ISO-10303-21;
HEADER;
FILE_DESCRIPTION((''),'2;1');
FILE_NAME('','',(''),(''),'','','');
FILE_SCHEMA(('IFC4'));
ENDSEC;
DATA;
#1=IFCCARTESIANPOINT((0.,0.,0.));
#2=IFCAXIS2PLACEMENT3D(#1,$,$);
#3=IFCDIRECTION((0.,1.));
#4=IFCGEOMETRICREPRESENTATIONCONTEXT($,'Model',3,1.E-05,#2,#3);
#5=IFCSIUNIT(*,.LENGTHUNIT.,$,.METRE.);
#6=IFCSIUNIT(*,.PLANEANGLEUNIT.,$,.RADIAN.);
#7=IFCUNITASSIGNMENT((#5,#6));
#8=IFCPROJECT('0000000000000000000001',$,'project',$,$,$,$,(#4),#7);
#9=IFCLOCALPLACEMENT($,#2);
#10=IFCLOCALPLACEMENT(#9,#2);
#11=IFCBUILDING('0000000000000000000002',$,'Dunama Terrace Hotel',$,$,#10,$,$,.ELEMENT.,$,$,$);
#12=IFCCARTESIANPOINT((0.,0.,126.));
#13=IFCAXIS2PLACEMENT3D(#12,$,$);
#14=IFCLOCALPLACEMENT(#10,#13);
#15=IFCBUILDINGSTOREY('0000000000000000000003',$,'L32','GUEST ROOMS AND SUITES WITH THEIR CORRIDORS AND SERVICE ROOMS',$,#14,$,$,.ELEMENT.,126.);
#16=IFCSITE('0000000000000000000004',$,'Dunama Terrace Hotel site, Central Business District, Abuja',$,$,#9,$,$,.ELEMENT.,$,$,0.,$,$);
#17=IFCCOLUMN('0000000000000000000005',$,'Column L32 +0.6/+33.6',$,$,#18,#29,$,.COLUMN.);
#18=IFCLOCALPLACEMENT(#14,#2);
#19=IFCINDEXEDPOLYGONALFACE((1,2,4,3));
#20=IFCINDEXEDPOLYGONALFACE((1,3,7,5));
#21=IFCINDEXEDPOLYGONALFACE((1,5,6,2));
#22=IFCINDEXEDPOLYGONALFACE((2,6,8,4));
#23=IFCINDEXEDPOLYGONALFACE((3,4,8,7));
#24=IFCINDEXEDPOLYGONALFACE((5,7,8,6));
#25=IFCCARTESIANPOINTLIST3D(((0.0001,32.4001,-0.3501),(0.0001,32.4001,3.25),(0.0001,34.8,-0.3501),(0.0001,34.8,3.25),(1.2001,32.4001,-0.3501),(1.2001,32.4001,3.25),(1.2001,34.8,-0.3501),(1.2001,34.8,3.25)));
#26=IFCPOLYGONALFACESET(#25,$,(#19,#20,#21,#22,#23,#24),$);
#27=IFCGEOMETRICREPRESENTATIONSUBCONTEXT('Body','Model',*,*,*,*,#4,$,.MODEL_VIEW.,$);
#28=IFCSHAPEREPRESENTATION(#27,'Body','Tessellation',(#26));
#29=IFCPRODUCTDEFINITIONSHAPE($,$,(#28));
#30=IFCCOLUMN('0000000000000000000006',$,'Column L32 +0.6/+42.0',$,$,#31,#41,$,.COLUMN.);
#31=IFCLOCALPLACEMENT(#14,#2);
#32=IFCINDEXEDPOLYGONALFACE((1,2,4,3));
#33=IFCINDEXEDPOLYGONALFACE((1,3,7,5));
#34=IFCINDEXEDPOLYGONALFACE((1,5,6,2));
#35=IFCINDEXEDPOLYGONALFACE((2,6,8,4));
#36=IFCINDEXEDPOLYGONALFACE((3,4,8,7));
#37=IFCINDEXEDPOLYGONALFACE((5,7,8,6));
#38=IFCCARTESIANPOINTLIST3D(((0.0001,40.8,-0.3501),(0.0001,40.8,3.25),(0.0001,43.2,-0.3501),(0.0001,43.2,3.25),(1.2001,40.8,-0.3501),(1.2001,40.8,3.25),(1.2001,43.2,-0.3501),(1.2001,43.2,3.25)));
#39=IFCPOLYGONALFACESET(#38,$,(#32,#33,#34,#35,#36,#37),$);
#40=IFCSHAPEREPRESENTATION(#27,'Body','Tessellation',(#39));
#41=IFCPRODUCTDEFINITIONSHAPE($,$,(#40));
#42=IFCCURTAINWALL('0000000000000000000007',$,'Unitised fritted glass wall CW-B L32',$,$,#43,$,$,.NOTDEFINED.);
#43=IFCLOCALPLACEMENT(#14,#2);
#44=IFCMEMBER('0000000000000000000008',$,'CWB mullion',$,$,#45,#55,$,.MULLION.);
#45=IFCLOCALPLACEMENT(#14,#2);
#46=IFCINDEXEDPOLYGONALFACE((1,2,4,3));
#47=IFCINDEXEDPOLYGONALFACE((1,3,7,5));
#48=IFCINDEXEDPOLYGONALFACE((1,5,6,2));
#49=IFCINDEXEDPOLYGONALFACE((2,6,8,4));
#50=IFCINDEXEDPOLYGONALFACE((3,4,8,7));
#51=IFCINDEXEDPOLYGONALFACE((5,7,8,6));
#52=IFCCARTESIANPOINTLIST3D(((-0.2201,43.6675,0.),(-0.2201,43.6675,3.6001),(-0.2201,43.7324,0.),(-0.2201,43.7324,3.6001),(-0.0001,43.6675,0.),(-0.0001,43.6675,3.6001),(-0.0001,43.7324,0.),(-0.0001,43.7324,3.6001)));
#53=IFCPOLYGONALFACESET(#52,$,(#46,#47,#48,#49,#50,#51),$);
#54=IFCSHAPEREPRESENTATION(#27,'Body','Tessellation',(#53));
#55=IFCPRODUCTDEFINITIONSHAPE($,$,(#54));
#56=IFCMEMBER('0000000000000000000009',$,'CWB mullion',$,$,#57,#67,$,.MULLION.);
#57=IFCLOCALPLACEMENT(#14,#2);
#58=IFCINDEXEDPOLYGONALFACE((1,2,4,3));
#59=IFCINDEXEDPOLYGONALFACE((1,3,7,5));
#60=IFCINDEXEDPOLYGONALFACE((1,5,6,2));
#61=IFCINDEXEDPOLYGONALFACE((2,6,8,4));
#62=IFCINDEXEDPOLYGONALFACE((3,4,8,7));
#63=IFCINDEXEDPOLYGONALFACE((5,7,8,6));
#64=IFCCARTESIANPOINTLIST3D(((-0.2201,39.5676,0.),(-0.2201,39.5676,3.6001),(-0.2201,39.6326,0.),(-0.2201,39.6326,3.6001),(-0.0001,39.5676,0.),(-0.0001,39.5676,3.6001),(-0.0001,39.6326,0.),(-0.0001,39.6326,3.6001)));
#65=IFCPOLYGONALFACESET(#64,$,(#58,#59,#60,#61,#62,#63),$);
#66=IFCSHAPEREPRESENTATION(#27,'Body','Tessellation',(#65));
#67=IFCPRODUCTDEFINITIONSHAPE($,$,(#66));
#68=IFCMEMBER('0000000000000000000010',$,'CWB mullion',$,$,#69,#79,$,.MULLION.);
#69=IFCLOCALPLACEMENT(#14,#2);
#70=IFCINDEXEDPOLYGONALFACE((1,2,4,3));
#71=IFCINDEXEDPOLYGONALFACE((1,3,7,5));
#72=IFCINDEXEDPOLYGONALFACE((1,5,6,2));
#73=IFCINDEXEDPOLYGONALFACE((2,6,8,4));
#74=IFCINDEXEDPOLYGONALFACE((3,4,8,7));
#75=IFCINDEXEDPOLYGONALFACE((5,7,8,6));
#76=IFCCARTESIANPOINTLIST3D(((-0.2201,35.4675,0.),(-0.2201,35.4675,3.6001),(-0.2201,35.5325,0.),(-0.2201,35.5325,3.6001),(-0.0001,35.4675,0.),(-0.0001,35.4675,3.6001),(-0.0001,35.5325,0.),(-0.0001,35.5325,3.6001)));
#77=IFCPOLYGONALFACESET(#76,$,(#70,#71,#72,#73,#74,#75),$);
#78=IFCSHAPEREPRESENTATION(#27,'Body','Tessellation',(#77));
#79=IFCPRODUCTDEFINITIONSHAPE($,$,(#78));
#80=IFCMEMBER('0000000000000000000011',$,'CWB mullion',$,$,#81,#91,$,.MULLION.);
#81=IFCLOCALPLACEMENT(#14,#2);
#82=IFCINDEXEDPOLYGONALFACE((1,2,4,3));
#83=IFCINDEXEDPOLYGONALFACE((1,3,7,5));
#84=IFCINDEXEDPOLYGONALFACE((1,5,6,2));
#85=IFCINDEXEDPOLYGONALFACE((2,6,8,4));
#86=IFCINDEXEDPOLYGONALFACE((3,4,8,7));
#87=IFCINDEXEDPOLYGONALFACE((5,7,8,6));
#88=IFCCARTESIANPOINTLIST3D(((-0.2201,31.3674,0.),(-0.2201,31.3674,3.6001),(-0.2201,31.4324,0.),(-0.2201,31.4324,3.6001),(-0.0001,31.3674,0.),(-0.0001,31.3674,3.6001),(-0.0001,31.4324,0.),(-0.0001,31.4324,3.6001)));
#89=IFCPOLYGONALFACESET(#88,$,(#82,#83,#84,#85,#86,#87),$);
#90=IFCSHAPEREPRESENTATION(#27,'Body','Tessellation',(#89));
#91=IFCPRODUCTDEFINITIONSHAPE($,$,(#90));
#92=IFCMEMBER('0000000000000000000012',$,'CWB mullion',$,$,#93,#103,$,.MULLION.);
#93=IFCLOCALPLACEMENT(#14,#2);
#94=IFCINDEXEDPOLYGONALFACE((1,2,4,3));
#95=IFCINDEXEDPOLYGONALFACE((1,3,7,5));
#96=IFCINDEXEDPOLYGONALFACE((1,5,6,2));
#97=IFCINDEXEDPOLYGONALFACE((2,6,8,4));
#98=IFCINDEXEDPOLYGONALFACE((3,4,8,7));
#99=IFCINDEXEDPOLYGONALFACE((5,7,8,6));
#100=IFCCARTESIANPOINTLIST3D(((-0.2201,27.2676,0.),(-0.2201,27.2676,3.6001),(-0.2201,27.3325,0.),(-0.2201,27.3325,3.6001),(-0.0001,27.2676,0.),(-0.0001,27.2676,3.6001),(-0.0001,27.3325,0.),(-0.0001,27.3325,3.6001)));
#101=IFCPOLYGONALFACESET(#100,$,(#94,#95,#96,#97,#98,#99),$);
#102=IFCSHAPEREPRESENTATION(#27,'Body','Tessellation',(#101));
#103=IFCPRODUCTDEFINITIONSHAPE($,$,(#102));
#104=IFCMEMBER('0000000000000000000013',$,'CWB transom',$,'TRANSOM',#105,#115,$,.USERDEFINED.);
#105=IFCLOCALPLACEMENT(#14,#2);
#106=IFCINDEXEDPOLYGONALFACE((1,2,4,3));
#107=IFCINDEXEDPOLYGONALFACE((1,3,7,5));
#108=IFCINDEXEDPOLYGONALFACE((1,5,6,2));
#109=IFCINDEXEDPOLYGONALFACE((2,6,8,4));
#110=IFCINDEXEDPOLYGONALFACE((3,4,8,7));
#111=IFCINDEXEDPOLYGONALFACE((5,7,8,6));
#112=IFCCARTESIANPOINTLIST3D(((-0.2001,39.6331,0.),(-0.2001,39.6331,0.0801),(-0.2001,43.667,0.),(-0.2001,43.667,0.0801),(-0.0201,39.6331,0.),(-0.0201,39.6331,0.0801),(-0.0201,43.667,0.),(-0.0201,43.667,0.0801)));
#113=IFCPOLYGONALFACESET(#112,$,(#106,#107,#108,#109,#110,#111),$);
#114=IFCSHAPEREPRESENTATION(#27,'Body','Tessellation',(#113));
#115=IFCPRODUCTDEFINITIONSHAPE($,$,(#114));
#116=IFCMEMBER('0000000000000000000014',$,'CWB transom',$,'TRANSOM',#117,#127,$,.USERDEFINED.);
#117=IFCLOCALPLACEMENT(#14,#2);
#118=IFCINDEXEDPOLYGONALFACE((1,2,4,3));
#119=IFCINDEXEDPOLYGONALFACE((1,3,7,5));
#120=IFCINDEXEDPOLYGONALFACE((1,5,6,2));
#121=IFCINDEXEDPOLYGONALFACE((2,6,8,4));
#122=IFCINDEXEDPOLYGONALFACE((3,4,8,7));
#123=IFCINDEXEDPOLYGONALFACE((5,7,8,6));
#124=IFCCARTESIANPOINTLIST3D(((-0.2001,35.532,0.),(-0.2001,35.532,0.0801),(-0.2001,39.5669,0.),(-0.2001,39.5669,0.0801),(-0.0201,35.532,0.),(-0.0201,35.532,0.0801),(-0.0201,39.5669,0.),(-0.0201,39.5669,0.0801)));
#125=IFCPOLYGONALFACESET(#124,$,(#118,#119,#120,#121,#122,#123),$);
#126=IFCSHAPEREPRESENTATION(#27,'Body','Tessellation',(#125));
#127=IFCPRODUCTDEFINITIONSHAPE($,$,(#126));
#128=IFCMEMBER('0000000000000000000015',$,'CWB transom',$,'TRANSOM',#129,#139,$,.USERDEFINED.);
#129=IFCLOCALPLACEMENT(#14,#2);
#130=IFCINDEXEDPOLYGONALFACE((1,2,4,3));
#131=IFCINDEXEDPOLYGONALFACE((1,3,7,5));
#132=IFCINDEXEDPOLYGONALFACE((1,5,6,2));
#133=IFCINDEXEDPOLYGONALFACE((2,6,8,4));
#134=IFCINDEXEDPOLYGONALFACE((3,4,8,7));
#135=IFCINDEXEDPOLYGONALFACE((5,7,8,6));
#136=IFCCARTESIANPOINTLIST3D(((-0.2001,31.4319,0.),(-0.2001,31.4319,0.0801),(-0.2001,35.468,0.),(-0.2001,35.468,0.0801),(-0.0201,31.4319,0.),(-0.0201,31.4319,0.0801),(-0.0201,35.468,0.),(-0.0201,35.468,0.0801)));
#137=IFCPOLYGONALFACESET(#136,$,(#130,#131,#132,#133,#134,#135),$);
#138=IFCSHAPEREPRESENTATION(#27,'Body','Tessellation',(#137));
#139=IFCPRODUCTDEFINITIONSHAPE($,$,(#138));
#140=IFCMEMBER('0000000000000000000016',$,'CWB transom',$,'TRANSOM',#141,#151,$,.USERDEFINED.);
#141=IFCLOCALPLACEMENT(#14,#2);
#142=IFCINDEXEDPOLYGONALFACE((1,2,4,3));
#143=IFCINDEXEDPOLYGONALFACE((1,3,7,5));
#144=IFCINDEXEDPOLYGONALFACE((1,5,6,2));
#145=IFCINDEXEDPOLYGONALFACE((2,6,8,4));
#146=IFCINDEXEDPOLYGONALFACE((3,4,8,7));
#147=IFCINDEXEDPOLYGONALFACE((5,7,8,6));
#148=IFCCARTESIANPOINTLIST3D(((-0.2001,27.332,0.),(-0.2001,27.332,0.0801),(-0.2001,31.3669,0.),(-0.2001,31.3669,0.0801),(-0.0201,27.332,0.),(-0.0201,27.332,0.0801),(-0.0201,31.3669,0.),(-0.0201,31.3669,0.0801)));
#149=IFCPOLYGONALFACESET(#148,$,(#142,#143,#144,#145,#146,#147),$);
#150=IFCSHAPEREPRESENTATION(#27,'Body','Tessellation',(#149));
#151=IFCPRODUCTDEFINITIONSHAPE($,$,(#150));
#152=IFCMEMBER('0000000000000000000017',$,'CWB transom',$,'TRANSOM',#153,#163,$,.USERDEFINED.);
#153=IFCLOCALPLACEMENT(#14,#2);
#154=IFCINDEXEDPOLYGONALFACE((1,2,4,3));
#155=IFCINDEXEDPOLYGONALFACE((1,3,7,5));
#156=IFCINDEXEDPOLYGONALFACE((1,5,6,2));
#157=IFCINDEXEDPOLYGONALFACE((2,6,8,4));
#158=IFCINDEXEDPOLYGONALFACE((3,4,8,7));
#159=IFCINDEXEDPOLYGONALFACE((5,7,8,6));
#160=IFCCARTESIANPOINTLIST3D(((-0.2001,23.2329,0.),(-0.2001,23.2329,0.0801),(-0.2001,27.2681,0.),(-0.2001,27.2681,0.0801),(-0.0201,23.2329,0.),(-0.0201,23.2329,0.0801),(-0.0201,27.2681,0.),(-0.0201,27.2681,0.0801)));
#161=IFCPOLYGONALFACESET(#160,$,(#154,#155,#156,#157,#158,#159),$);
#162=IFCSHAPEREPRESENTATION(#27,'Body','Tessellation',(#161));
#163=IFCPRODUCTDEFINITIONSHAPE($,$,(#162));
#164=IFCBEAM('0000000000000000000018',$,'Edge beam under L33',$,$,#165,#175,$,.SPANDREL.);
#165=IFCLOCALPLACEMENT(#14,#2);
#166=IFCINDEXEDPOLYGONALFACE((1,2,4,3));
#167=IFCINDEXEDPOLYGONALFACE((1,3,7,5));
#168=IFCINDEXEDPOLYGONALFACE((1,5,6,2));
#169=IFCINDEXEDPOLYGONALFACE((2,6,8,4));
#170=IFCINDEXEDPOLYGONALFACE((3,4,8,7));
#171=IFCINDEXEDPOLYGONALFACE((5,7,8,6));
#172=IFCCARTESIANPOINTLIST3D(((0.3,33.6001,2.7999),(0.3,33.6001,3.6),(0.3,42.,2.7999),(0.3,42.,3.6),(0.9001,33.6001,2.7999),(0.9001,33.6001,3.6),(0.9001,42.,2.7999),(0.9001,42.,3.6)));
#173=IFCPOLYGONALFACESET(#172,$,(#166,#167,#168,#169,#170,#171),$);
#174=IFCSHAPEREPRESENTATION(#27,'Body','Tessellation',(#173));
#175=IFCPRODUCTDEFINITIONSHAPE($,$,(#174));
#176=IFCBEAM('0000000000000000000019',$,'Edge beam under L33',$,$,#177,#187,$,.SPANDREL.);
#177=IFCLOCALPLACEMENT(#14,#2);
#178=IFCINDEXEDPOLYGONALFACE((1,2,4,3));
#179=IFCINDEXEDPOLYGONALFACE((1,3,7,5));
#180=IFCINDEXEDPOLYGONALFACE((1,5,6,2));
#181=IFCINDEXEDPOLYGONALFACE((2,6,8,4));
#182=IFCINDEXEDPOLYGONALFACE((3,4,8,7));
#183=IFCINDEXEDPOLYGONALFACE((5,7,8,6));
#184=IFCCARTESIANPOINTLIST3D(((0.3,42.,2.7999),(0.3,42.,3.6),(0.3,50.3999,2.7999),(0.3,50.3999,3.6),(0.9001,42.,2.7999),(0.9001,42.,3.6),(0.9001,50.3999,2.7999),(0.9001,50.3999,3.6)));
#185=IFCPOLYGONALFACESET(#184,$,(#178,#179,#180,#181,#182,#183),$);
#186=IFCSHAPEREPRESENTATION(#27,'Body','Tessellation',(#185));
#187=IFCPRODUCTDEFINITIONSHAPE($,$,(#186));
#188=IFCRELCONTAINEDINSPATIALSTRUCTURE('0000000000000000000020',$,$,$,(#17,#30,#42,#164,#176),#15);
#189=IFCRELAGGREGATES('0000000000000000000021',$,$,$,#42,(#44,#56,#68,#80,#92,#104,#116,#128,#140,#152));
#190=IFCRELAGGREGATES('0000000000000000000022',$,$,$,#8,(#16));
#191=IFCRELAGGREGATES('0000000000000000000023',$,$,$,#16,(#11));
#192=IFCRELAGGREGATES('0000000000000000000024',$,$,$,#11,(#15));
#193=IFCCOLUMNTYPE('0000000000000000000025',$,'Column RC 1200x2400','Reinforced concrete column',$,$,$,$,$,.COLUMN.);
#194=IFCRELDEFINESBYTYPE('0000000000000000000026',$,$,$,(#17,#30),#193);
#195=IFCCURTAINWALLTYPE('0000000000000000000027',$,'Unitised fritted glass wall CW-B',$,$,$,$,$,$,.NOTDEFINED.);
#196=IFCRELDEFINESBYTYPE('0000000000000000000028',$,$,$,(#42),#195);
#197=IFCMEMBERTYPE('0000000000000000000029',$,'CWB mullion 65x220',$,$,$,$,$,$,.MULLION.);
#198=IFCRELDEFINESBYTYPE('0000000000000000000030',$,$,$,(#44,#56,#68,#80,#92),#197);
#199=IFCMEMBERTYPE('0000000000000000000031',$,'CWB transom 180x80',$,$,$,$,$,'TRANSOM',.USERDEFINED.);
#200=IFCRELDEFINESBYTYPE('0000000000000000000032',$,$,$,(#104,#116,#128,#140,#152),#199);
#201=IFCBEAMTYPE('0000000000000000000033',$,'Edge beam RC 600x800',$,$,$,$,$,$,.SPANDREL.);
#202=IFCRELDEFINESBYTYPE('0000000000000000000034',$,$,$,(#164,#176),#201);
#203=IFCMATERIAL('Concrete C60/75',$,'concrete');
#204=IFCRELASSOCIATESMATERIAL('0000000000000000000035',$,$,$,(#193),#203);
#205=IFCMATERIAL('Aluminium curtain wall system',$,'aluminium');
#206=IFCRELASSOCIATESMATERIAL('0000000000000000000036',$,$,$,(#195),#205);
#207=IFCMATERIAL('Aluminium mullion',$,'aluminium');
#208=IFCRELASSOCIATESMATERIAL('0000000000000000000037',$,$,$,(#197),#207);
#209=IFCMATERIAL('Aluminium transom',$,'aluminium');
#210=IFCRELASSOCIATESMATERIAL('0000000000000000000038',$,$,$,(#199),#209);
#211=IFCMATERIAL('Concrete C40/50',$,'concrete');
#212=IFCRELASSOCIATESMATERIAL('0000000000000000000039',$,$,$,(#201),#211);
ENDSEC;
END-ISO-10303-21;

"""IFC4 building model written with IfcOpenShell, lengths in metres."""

from ifc_helpers import new_model, si_unit, direction, frame, origin, origin_2d, place, context, subcontext, project, spatial, rectangle, extrude, material, material_profile, profile_set, type_object, element, aggregate, save


model = new_model("IFC4")

# Units and contexts
model_context = context("Model", 3, precision=1e-05, world=origin(), true_north=direction((0.0, 1.0)))
body_context = subcontext(model_context, "Body", "Model", "MODEL_VIEW")
ifc_project = project(units=[si_unit("LENGTHUNIT", "METRE"), si_unit("PLANEANGLEUNIT", "RADIAN")], contexts=[model_context])

# Site, building, storey
site_placement = place(None, origin())
site = spatial("IfcSite", under=ifc_project, at=site_placement, Name="Dunama Terrace Hotel site, Central Business District, Abuja", CompositionType="ELEMENT", RefElevation=0.0)
building_placement = place(site_placement, origin())
building = spatial("IfcBuilding", under=site, at=building_placement, Name="Dunama Terrace Hotel", CompositionType="ELEMENT")
storey_placement = place(building_placement, frame((0.0, 0.0, 126.0)))
storey = spatial("IfcBuildingStorey", under=building, at=storey_placement, Name="L32", Description="GUEST ROOMS AND SUITES WITH THEIR CORRIDORS AND SERVICE ROOMS", CompositionType="ELEMENT", Elevation=126.0)

# Columns
ifc_material_1 = material(Name="Concrete C60/75", Category="concrete")
ifc_material_profile_1 = material_profile(ifc_material_1, rectangle(XDim=1.2, YDim=2.3999, at=origin_2d()), Name="RC 1200x2400")
ifc_profile_set_1 = profile_set([ifc_material_profile_1], Name="Concrete C60/75")
column_type = type_object("IfcColumnType", Name="Column RC 1200x2400", Description="Reinforced concrete column", PredefinedType="COLUMN", material=ifc_profile_set_1)
for number, where, z_axis, x_axis, name in (
    (1, (0.6001, 33.6001, -0.3501), (0.0, 0.0, 1.0), (1.0, 0.0, 0.0), "Column L32 +0.6/+33.6"),
    (2, (0.6001, 42.0, -0.3501), (0.0, 0.0, 1.0), (1.0, 0.0, 0.0), "Column L32 +0.6/+42.0"),
):
    element("IfcColumn", number, at=place(storey_placement, frame(where, z_axis=z_axis, x_axis=x_axis)), inside=storey, type_object=column_type, Name=name, PredefinedType="COLUMN", context=body_context, shape_type="SweptSolid", body=[
        extrude(rectangle(XDim=1.2, YDim=2.3999, at=origin_2d()), origin(), (0.0, 0.0, 1.0), 3.6001),
    ])

# Curtain wall, members
ifc_material_2 = material(Name="Aluminium curtain wall system", Category="aluminium")
curtain_wall_type = type_object("IfcCurtainWallType", Name="Unitised fritted glass wall CW-B", PredefinedType="NOTDEFINED", material=ifc_material_2)
curtain_wall_placement = place(storey_placement, origin())
curtain_wall = element("IfcCurtainWall", 3, at=curtain_wall_placement, inside=storey, type_object=curtain_wall_type, Name="Unitised fritted glass wall CW-B L32", PredefinedType="NOTDEFINED")
ifc_material_3 = material(Name="Aluminium mullion", Category="aluminium")
ifc_material_profile_2 = material_profile(ifc_material_3, rectangle(XDim=0.0649, YDim=0.22, at=origin_2d()), Name="CWB MULLION 65X220")
ifc_profile_set_2 = profile_set([ifc_material_profile_2], Name="Aluminium mullion")
member_type_1 = type_object("IfcMemberType", Name="CWB mullion 65x220", PredefinedType="MULLION", material=ifc_profile_set_2)
member_1_placement = place(storey_placement, frame((-0.1101, 43.7, 0.0), z_axis=(0.0, 0.0, 1.0), x_axis=(0.0, -1.0, 0.0)))
member_1 = element("IfcMember", 4, at=member_1_placement, type_object=member_type_1, Name="CWB mullion", PredefinedType="MULLION", context=body_context, shape_type="SweptSolid", body=[
    extrude(rectangle(XDim=0.0649, YDim=0.22, at=origin_2d()), origin(), (0.0, 0.0, 1.0), 3.6001),
])
member_2_placement = place(storey_placement, frame((-0.1101, 39.6001, 0.0), z_axis=(0.0, 0.0, 1.0), x_axis=(0.0, -1.0, 0.0)))
member_2 = element("IfcMember", 5, at=member_2_placement, type_object=member_type_1, Name="CWB mullion", PredefinedType="MULLION", context=body_context, shape_type="SweptSolid", body=[
    extrude(rectangle(XDim=0.0649, YDim=0.22, at=origin_2d()), origin(), (0.0, 0.0, 1.0), 3.6001),
])
member_3_placement = place(storey_placement, frame((-0.1101, 35.5, 0.0), z_axis=(0.0, 0.0, 1.0), x_axis=(0.0, -1.0, 0.0)))
member_3 = element("IfcMember", 6, at=member_3_placement, type_object=member_type_1, Name="CWB mullion", PredefinedType="MULLION", context=body_context, shape_type="SweptSolid", body=[
    extrude(rectangle(XDim=0.0649, YDim=0.22, at=origin_2d()), origin(), (0.0, 0.0, 1.0), 3.6001),
])
member_4_placement = place(storey_placement, frame((-0.1101, 31.3999, 0.0), z_axis=(0.0, 0.0, 1.0), x_axis=(0.0, -1.0, 0.0)))
member_4 = element("IfcMember", 7, at=member_4_placement, type_object=member_type_1, Name="CWB mullion", PredefinedType="MULLION", context=body_context, shape_type="SweptSolid", body=[
    extrude(rectangle(XDim=0.0649, YDim=0.22, at=origin_2d()), origin(), (0.0, 0.0, 1.0), 3.6001),
])
member_5_placement = place(storey_placement, frame((-0.1101, 27.3, 0.0), z_axis=(0.0, 0.0, 1.0), x_axis=(0.0, -1.0, 0.0)))
member_5 = element("IfcMember", 8, at=member_5_placement, type_object=member_type_1, Name="CWB mullion", PredefinedType="MULLION", context=body_context, shape_type="SweptSolid", body=[
    extrude(rectangle(XDim=0.0649, YDim=0.22, at=origin_2d()), origin(), (0.0, 0.0, 1.0), 3.6001),
])
ifc_material_4 = material(Name="Aluminium transom", Category="aluminium")
ifc_material_profile_3 = material_profile(ifc_material_4, rectangle(XDim=0.1799, YDim=0.0801, at=origin_2d()), Name="CWB TRANSOM 180X80")
ifc_profile_set_3 = profile_set([ifc_material_profile_3], Name="Aluminium transom")
member_type_2 = type_object("IfcMemberType", Name="CWB transom 180x80", ElementType="TRANSOM", PredefinedType="USERDEFINED", material=ifc_profile_set_3)
member_6_placement = place(storey_placement, frame((-0.1101, 43.667, 0.04), z_axis=(0.0, -1.0, 0.0), x_axis=(1.0, 0.0, 0.0)))
member_6 = element("IfcMember", 9, at=member_6_placement, type_object=member_type_2, Name="CWB transom", ObjectType="TRANSOM", PredefinedType="USERDEFINED", context=body_context, shape_type="SweptSolid", body=[
    extrude(rectangle(XDim=0.1799, YDim=0.0801, at=origin_2d()), origin(), (0.0, 0.0, 1.0), 4.0339),
])
member_7_placement = place(storey_placement, frame((-0.1101, 39.5669, 0.04), z_axis=(0.0, -1.0, 0.0), x_axis=(1.0, 0.0, 0.0)))
member_7 = element("IfcMember", 10, at=member_7_placement, type_object=member_type_2, Name="CWB transom", ObjectType="TRANSOM", PredefinedType="USERDEFINED", context=body_context, shape_type="SweptSolid", body=[
    extrude(rectangle(XDim=0.1799, YDim=0.0801, at=origin_2d()), origin(), (0.0, 0.0, 1.0), 4.0349),
])
member_8_placement = place(storey_placement, frame((-0.1101, 35.468, 0.04), z_axis=(0.0, -1.0, 0.0), x_axis=(1.0, 0.0, 0.0)))
member_8 = element("IfcMember", 11, at=member_8_placement, type_object=member_type_2, Name="CWB transom", ObjectType="TRANSOM", PredefinedType="USERDEFINED", context=body_context, shape_type="SweptSolid", body=[
    extrude(rectangle(XDim=0.1799, YDim=0.0801, at=origin_2d()), origin(), (0.0, 0.0, 1.0), 4.0361),
])
member_9_placement = place(storey_placement, frame((-0.1101, 31.3669, 0.04), z_axis=(0.0, -1.0, 0.0), x_axis=(1.0, 0.0, 0.0)))
member_9 = element("IfcMember", 12, at=member_9_placement, type_object=member_type_2, Name="CWB transom", ObjectType="TRANSOM", PredefinedType="USERDEFINED", context=body_context, shape_type="SweptSolid", body=[
    extrude(rectangle(XDim=0.1799, YDim=0.0801, at=origin_2d()), origin(), (0.0, 0.0, 1.0), 4.0349),
])
member_10_placement = place(storey_placement, frame((-0.1101, 27.2681, 0.04), z_axis=(0.0, -1.0, 0.0), x_axis=(1.0, 0.0, 0.0)))
member_10 = element("IfcMember", 13, at=member_10_placement, type_object=member_type_2, Name="CWB transom", ObjectType="TRANSOM", PredefinedType="USERDEFINED", context=body_context, shape_type="SweptSolid", body=[
    extrude(rectangle(XDim=0.1799, YDim=0.0801, at=origin_2d()), origin(), (0.0, 0.0, 1.0), 4.0352),
])

# Beams
ifc_material_5 = material(Name="Concrete C40/50", Category="concrete")
ifc_material_profile_4 = material_profile(ifc_material_5, rectangle(XDim=0.6001, YDim=0.8, at=origin_2d()), Name="RC 600x800")
ifc_profile_set_4 = profile_set([ifc_material_profile_4], Name="Concrete C40/50")
beam_type = type_object("IfcBeamType", Name="Edge beam RC 600x800", PredefinedType="SPANDREL", material=ifc_profile_set_4)
for number, where, z_axis, x_axis, name in (
    (14, (0.6001, 33.6001, 3.2), (0.0, 1.0, 0.0), (-1.0, 0.0, 0.0), "Edge beam under L33"),
    (15, (0.6001, 42.0, 3.2), (0.0, 1.0, 0.0), (-1.0, 0.0, 0.0), "Edge beam under L33"),
):
    element("IfcBeam", number, at=place(storey_placement, frame(where, z_axis=z_axis, x_axis=x_axis)), inside=storey, type_object=beam_type, Name=name, PredefinedType="SPANDREL", context=body_context, shape_type="SweptSolid", body=[
        extrude(rectangle(XDim=0.6001, YDim=0.8, at=origin_2d()), origin(), (0.0, 0.0, 1.0), 8.3999),
    ])

aggregate(curtain_wall, [member_1, member_2, member_3, member_4, member_5, member_6, member_7, member_8, member_9, member_10])

save(model, "model.ifc")
